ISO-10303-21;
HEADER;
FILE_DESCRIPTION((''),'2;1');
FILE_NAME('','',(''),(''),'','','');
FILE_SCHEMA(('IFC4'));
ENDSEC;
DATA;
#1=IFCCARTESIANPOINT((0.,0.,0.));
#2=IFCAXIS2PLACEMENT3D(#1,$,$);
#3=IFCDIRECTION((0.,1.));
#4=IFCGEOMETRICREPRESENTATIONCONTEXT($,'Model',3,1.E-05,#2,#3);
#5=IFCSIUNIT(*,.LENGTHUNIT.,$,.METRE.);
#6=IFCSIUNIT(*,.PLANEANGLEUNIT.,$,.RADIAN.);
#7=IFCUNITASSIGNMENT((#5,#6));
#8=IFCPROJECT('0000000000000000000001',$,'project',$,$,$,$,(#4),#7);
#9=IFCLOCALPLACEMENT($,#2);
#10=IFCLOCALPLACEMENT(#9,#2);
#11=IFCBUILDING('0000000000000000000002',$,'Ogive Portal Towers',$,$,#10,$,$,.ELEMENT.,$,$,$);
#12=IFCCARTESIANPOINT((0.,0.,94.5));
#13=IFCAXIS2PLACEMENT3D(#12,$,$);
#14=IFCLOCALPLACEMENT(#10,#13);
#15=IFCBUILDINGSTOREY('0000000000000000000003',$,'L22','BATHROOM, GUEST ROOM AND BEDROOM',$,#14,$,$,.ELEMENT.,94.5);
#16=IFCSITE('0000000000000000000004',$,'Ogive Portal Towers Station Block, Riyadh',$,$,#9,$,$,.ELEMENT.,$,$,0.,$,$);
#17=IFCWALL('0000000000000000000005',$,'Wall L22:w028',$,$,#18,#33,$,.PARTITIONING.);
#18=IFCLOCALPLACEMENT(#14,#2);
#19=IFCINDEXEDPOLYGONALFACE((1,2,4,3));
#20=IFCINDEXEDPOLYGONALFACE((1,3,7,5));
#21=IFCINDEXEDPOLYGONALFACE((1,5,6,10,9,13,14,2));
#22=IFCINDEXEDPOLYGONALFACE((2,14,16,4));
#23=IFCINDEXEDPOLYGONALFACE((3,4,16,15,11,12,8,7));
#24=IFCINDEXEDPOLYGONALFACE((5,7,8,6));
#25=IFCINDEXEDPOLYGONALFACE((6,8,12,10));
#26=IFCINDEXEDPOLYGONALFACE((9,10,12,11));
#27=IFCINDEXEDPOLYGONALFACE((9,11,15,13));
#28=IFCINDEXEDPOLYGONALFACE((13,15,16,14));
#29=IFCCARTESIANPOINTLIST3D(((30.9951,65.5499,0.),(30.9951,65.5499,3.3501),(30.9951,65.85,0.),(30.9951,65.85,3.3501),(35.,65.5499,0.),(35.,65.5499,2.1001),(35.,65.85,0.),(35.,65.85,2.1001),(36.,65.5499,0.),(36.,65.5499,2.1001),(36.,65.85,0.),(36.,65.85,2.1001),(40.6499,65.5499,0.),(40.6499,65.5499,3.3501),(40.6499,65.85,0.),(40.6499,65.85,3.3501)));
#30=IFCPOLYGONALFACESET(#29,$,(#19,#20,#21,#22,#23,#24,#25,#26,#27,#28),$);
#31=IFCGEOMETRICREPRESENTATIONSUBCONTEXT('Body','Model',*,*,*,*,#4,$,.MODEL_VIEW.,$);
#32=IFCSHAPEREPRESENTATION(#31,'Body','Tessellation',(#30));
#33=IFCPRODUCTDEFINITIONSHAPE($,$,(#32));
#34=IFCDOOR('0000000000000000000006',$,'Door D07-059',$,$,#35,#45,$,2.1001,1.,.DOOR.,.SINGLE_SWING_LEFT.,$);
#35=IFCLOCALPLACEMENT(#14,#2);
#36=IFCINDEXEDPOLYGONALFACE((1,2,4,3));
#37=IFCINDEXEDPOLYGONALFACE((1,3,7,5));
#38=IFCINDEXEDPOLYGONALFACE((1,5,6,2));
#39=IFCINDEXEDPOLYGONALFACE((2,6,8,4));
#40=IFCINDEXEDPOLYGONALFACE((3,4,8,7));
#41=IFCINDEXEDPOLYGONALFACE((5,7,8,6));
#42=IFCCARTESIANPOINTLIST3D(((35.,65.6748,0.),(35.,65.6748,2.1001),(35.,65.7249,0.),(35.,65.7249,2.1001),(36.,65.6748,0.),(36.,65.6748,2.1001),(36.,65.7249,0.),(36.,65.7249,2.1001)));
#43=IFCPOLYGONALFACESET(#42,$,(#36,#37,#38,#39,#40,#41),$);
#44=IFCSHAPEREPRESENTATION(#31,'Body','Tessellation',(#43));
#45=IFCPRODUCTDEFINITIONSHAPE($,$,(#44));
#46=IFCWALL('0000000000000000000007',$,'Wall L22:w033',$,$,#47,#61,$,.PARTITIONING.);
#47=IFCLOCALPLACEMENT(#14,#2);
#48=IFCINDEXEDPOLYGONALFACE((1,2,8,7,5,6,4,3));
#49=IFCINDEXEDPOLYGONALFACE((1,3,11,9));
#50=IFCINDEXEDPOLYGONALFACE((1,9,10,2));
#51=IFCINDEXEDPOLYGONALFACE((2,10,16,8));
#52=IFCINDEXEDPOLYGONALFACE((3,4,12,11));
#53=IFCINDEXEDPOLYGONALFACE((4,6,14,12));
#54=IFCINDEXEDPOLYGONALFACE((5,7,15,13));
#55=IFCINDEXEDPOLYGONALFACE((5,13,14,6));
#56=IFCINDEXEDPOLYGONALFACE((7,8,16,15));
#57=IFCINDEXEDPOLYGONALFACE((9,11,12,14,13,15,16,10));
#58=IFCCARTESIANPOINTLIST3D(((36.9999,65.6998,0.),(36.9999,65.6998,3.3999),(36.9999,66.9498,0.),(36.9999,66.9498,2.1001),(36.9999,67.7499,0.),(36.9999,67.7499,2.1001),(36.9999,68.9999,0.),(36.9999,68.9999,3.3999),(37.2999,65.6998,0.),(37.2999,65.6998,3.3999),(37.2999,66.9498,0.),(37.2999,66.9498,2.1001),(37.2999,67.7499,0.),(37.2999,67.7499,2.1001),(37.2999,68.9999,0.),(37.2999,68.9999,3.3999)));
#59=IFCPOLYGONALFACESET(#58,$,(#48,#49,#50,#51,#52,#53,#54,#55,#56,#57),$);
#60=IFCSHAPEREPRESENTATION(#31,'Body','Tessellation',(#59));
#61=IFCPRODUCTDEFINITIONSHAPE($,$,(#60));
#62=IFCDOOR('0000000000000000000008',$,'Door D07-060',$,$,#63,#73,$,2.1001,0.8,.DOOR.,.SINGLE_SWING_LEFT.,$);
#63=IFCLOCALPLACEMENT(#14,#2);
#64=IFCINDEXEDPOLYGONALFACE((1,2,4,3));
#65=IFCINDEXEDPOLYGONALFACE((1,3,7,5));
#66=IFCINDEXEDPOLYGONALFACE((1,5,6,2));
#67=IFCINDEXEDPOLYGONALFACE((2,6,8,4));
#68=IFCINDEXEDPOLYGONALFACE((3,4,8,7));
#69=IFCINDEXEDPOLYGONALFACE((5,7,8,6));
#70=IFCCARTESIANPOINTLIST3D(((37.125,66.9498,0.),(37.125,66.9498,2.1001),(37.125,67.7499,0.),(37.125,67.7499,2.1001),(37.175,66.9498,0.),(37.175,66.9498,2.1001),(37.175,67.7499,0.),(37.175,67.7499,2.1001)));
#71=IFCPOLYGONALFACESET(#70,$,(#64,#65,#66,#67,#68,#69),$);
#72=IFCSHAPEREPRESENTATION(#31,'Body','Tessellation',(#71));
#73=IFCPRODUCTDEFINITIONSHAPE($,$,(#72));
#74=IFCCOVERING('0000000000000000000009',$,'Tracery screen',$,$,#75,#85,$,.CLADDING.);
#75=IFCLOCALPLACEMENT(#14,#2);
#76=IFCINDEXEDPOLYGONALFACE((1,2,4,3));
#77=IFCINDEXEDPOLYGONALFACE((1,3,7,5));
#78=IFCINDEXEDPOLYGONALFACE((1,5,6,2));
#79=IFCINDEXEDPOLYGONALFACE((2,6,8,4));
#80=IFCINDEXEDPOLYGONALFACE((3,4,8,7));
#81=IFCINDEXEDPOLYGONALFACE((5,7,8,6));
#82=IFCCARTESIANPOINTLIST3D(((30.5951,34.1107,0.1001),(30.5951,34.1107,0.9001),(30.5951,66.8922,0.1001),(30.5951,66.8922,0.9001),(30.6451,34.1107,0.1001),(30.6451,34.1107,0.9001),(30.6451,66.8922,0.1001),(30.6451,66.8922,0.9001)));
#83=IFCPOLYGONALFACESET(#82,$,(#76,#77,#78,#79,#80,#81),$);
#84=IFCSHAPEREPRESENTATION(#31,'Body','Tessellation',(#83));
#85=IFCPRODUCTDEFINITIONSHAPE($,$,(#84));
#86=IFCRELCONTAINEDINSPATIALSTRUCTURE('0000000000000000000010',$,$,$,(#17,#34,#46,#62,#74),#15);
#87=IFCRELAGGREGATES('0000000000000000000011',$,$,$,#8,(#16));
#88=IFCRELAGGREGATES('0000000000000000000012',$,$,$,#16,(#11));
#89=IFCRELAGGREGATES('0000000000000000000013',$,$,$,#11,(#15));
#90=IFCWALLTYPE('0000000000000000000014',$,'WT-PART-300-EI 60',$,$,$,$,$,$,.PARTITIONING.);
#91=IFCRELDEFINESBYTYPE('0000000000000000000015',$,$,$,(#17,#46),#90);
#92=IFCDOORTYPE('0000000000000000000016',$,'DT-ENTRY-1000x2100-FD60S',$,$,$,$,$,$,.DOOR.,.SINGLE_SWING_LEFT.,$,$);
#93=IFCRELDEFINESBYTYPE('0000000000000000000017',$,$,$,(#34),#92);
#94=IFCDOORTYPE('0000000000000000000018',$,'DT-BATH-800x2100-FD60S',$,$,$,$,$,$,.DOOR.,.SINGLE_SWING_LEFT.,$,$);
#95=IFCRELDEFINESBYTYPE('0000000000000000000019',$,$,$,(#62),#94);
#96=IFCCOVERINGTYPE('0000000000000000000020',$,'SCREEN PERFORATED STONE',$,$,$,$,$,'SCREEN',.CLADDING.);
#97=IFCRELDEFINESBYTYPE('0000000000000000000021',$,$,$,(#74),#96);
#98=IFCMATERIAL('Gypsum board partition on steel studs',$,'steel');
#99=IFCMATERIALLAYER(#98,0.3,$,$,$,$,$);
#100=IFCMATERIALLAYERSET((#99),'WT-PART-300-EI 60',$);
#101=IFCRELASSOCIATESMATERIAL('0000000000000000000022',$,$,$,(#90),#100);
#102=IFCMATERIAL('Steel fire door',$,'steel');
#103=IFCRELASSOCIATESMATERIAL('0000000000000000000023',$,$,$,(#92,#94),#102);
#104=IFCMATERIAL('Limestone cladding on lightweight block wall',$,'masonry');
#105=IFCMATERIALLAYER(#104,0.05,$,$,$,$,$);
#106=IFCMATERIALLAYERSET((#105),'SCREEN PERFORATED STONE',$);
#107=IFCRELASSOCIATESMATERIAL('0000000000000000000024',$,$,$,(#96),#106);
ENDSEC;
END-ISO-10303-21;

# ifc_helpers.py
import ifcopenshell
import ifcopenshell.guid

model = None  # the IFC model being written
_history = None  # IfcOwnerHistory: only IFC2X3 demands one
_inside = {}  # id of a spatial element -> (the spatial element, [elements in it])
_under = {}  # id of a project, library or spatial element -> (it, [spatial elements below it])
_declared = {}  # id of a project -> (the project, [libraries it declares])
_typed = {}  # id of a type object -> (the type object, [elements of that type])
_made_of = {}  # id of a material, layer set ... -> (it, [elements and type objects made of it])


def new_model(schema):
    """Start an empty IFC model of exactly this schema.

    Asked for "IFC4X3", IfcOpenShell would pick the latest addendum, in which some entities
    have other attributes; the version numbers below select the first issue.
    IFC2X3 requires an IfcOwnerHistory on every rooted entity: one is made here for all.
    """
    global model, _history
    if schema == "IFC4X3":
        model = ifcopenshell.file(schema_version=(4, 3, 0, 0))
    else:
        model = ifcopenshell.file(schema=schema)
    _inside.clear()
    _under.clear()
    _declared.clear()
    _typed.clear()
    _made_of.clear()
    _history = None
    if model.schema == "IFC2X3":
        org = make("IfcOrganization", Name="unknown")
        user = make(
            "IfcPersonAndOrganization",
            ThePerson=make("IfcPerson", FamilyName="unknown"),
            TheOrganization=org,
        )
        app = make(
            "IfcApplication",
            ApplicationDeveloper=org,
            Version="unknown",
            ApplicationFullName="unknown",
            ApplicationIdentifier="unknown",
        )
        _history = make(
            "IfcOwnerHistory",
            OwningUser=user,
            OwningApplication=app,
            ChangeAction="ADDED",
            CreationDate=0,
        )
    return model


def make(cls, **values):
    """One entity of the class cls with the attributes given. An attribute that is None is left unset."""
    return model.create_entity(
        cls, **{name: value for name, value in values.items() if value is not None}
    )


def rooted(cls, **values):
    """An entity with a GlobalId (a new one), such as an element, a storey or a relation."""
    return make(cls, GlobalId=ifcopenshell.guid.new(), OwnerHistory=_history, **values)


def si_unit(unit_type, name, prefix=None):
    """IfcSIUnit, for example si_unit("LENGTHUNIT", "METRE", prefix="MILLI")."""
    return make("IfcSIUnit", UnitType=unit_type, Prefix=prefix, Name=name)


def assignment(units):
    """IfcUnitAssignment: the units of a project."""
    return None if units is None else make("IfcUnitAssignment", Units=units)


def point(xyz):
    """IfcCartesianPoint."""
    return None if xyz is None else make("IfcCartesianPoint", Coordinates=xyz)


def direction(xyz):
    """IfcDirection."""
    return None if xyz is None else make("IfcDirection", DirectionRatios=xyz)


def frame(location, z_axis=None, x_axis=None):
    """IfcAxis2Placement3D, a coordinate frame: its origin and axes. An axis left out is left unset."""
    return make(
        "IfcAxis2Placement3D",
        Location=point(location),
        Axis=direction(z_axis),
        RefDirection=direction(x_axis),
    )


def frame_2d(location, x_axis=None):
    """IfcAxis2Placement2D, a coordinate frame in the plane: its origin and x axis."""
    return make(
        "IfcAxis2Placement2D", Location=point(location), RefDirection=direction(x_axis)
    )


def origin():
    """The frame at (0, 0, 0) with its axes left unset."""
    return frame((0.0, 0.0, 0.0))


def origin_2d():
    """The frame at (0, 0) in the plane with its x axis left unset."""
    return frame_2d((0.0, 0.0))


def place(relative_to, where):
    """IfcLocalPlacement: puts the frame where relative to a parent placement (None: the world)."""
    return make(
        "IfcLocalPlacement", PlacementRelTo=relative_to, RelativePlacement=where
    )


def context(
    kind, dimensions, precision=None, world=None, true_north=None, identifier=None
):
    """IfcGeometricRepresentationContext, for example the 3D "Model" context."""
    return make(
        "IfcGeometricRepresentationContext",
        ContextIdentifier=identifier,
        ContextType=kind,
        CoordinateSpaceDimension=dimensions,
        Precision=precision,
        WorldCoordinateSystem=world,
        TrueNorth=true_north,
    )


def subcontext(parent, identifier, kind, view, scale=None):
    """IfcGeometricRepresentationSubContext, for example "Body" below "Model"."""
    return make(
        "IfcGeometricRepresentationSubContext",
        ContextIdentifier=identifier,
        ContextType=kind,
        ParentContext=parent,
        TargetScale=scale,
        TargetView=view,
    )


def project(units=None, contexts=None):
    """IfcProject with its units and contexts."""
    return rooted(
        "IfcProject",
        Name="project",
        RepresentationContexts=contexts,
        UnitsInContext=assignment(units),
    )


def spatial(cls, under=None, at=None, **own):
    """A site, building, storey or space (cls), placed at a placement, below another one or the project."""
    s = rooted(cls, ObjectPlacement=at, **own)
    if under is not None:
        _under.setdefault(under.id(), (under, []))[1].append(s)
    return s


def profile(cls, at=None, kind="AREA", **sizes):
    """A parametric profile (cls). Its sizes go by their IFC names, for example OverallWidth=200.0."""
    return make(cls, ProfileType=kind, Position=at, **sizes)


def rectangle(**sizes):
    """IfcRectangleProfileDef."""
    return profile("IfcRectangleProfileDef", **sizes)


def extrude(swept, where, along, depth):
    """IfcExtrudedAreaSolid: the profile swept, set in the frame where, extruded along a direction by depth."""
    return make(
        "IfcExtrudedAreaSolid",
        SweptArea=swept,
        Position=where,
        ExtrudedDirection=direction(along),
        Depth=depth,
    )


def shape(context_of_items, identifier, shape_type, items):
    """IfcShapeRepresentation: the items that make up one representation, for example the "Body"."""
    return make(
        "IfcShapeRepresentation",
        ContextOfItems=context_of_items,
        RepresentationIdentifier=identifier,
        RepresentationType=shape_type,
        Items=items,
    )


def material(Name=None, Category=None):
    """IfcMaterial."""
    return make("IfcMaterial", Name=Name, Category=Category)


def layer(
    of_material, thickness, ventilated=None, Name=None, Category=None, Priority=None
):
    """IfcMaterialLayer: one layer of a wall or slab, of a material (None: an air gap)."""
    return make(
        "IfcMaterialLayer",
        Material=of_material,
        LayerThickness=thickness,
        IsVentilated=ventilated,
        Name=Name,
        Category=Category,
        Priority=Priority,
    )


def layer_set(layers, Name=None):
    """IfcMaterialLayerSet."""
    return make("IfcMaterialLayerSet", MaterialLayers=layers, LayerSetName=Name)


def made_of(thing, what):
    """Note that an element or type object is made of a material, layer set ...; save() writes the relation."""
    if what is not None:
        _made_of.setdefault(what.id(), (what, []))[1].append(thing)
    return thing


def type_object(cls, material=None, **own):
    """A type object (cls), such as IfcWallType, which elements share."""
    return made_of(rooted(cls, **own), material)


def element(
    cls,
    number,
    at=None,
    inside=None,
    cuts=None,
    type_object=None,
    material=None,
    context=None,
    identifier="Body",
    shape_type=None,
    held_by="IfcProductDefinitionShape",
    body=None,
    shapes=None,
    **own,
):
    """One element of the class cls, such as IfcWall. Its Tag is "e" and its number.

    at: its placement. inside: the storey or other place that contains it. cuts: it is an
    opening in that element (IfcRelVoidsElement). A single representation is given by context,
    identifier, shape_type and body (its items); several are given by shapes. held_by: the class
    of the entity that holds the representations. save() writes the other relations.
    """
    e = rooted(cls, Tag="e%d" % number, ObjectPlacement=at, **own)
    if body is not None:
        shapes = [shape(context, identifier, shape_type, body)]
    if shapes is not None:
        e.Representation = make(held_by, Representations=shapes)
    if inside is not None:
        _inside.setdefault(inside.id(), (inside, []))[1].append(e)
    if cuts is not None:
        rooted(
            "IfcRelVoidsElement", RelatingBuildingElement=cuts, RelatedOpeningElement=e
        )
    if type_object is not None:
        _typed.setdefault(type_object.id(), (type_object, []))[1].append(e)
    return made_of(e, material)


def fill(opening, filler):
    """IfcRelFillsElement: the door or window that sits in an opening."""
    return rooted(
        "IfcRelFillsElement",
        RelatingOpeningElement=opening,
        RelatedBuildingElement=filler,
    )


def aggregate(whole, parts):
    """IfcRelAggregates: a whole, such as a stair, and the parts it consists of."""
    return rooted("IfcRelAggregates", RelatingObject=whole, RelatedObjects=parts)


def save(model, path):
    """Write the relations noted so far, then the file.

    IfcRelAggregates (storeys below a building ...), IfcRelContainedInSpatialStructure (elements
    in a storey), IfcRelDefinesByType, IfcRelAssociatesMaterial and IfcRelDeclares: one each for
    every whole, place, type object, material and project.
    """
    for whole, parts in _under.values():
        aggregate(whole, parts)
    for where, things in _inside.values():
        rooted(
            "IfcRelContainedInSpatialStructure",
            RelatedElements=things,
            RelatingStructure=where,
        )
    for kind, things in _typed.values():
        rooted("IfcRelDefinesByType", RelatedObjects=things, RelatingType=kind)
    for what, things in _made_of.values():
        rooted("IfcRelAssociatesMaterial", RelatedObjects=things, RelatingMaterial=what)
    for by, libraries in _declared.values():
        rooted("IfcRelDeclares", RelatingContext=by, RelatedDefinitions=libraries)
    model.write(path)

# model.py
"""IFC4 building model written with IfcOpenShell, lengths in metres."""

from ifc_helpers import new_model, si_unit, direction, frame, frame_2d, origin, origin_2d, place, context, subcontext, project, spatial, rectangle, extrude, material, layer, layer_set, type_object, element, fill, save


model = new_model("IFC4")

# Units and contexts
model_context = context("Model", 3, precision=1e-05, world=origin(), true_north=direction((0.0, 1.0)))
body_context = subcontext(model_context, "Body", "Model", "MODEL_VIEW")
ifc_project = project(units=[si_unit("LENGTHUNIT", "METRE"), si_unit("PLANEANGLEUNIT", "RADIAN")], contexts=[model_context])

# Site, building, storey
site_placement = place(None, origin())
site = spatial("IfcSite", under=ifc_project, at=site_placement, Name="Ogive Portal Towers Station Block, Riyadh", CompositionType="ELEMENT", RefElevation=0.0)
building_placement = place(site_placement, origin())
building = spatial("IfcBuilding", under=site, at=building_placement, Name="Ogive Portal Towers", CompositionType="ELEMENT")
storey_placement = place(building_placement, frame((0.0, 0.0, 94.5)))
storey = spatial("IfcBuildingStorey", under=building, at=storey_placement, Name="L22", Description="BATHROOM, GUEST ROOM AND BEDROOM", CompositionType="ELEMENT", Elevation=94.5)

# Shared definitions
ifc_material_1 = material(Name="Steel fire door", Category="steel")

# Shared definitions
ifc_material_2 = material(Name="Gypsum board partition on steel studs", Category="steel")
ifc_layer_1 = layer(ifc_material_2, 0.3)
ifc_layer_set_1 = layer_set([ifc_layer_1], Name="WT-PART-300-EI 60")
wall_type_1 = type_object("IfcWallType", Name="WT-PART-300-EI 60", PredefinedType="PARTITIONING", material=ifc_layer_set_1)

# Walls, openings, doors
wall_1_placement = place(storey_placement, frame((30.9951, 65.7, 0.0), z_axis=(0.0, 0.0, 1.0), x_axis=(1.0, 0.0, 0.0)))
wall_1 = element("IfcWall", 1, at=wall_1_placement, inside=storey, type_object=wall_type_1, Name="Wall L22:w028", PredefinedType="PARTITIONING", context=body_context, shape_type="SweptSolid", body=[
    extrude(rectangle(XDim=9.6548, YDim=0.3, at=frame_2d((4.8274, 0.0))), origin(), (0.0, 0.0, 1.0), 3.3501),
])
opening_1_placement = place(wall_1_placement, frame((4.0049, 0.0, 0.0)))
opening_1 = element("IfcOpeningElement", 2, at=opening_1_placement, cuts=wall_1, PredefinedType="OPENING", context=body_context, shape_type="SweptSolid", body=[
    extrude(rectangle(XDim=1.0, YDim=2.1001, at=frame_2d((0.5, 1.05))), frame((0.0, 0.1602, 0.0), z_axis=(0.0, -1.0, 0.0), x_axis=(1.0, 0.0, 0.0)), (0.0, 0.0, 1.0), 0.3201),
])
door_type_1 = type_object("IfcDoorType", Name="DT-ENTRY-1000x2100-FD60S", OperationType="SINGLE_SWING_LEFT", PredefinedType="DOOR", material=ifc_material_1)
door_1_placement = place(opening_1_placement, origin())
door_1 = element("IfcDoor", 3, at=door_1_placement, inside=storey, type_object=door_type_1, Name="Door D07-059", OperationType="SINGLE_SWING_LEFT", OverallHeight=2.1001, OverallWidth=1.0, PredefinedType="DOOR", context=body_context, shape_type="SweptSolid", body=[
    extrude(rectangle(XDim=1.0, YDim=2.1001, at=frame_2d((0.5, 1.05))), frame((0.0, 0.0249, 0.0), z_axis=(0.0, -1.0, 0.0), x_axis=(1.0, 0.0, 0.0)), (0.0, 0.0, 1.0), 0.05),
])
fill(opening_1, door_1)
wall_2_placement = place(storey_placement, frame((37.1499, 65.7, 0.0), z_axis=(0.0, 0.0, 1.0), x_axis=(0.0, 1.0, 0.0)))
wall_2 = element("IfcWall", 4, at=wall_2_placement, inside=storey, type_object=wall_type_1, Name="Wall L22:w033", PredefinedType="PARTITIONING", context=body_context, shape_type="SweptSolid", body=[
    extrude(rectangle(XDim=3.3, YDim=0.3, at=frame_2d((1.6499, 0.0))), origin(), (0.0, 0.0, 1.0), 3.3999),
])
opening_2_placement = place(wall_2_placement, frame((1.25, 0.0, 0.0)))
opening_2 = element("IfcOpeningElement", 5, at=opening_2_placement, cuts=wall_2, PredefinedType="OPENING", context=body_context, shape_type="SweptSolid", body=[
    extrude(rectangle(XDim=0.8, YDim=2.1001, at=frame_2d((0.3999, 1.05))), frame((0.0, 0.1602, 0.0), z_axis=(0.0, -1.0, 0.0), x_axis=(1.0, 0.0, 0.0)), (0.0, 0.0, 1.0), 0.3201),
])
door_type_2 = type_object("IfcDoorType", Name="DT-BATH-800x2100-FD60S", OperationType="SINGLE_SWING_LEFT", PredefinedType="DOOR", material=ifc_material_1)
door_2_placement = place(opening_2_placement, origin())
door_2 = element("IfcDoor", 6, at=door_2_placement, inside=storey, type_object=door_type_2, Name="Door D07-060", OperationType="SINGLE_SWING_LEFT", OverallHeight=2.1001, OverallWidth=0.8, PredefinedType="DOOR", context=body_context, shape_type="SweptSolid", body=[
    extrude(rectangle(XDim=0.8, YDim=2.1001, at=frame_2d((0.3999, 1.05))), frame((0.0, 0.0249, 0.0), z_axis=(0.0, -1.0, 0.0), x_axis=(1.0, 0.0, 0.0)), (0.0, 0.0, 1.0), 0.05),
])
fill(opening_2, door_2)

# Covering
ifc_material_3 = material(Name="Limestone cladding on lightweight block wall", Category="masonry")
ifc_layer_2 = layer(ifc_material_3, 0.05)
ifc_layer_set_2 = layer_set([ifc_layer_2], Name="SCREEN PERFORATED STONE")
covering_type = type_object("IfcCoveringType", Name="SCREEN PERFORATED STONE", ElementType="SCREEN", PredefinedType="CLADDING", material=ifc_layer_set_2)
covering_placement = place(storey_placement, frame((30.6201, 50.5015, 0.1001), z_axis=(0.0, 0.0, 1.0), x_axis=(0.0, -1.0, 0.0)))
element("IfcCovering", 7, at=covering_placement, inside=storey, type_object=covering_type, Name="Tracery screen", PredefinedType="CLADDING", context=body_context, shape_type="SweptSolid", body=[
    extrude(rectangle(XDim=32.7815, YDim=0.05, at=origin_2d()), origin(), (0.0, 0.0, 1.0), 0.8),
])

save(model, "model.ifc")
